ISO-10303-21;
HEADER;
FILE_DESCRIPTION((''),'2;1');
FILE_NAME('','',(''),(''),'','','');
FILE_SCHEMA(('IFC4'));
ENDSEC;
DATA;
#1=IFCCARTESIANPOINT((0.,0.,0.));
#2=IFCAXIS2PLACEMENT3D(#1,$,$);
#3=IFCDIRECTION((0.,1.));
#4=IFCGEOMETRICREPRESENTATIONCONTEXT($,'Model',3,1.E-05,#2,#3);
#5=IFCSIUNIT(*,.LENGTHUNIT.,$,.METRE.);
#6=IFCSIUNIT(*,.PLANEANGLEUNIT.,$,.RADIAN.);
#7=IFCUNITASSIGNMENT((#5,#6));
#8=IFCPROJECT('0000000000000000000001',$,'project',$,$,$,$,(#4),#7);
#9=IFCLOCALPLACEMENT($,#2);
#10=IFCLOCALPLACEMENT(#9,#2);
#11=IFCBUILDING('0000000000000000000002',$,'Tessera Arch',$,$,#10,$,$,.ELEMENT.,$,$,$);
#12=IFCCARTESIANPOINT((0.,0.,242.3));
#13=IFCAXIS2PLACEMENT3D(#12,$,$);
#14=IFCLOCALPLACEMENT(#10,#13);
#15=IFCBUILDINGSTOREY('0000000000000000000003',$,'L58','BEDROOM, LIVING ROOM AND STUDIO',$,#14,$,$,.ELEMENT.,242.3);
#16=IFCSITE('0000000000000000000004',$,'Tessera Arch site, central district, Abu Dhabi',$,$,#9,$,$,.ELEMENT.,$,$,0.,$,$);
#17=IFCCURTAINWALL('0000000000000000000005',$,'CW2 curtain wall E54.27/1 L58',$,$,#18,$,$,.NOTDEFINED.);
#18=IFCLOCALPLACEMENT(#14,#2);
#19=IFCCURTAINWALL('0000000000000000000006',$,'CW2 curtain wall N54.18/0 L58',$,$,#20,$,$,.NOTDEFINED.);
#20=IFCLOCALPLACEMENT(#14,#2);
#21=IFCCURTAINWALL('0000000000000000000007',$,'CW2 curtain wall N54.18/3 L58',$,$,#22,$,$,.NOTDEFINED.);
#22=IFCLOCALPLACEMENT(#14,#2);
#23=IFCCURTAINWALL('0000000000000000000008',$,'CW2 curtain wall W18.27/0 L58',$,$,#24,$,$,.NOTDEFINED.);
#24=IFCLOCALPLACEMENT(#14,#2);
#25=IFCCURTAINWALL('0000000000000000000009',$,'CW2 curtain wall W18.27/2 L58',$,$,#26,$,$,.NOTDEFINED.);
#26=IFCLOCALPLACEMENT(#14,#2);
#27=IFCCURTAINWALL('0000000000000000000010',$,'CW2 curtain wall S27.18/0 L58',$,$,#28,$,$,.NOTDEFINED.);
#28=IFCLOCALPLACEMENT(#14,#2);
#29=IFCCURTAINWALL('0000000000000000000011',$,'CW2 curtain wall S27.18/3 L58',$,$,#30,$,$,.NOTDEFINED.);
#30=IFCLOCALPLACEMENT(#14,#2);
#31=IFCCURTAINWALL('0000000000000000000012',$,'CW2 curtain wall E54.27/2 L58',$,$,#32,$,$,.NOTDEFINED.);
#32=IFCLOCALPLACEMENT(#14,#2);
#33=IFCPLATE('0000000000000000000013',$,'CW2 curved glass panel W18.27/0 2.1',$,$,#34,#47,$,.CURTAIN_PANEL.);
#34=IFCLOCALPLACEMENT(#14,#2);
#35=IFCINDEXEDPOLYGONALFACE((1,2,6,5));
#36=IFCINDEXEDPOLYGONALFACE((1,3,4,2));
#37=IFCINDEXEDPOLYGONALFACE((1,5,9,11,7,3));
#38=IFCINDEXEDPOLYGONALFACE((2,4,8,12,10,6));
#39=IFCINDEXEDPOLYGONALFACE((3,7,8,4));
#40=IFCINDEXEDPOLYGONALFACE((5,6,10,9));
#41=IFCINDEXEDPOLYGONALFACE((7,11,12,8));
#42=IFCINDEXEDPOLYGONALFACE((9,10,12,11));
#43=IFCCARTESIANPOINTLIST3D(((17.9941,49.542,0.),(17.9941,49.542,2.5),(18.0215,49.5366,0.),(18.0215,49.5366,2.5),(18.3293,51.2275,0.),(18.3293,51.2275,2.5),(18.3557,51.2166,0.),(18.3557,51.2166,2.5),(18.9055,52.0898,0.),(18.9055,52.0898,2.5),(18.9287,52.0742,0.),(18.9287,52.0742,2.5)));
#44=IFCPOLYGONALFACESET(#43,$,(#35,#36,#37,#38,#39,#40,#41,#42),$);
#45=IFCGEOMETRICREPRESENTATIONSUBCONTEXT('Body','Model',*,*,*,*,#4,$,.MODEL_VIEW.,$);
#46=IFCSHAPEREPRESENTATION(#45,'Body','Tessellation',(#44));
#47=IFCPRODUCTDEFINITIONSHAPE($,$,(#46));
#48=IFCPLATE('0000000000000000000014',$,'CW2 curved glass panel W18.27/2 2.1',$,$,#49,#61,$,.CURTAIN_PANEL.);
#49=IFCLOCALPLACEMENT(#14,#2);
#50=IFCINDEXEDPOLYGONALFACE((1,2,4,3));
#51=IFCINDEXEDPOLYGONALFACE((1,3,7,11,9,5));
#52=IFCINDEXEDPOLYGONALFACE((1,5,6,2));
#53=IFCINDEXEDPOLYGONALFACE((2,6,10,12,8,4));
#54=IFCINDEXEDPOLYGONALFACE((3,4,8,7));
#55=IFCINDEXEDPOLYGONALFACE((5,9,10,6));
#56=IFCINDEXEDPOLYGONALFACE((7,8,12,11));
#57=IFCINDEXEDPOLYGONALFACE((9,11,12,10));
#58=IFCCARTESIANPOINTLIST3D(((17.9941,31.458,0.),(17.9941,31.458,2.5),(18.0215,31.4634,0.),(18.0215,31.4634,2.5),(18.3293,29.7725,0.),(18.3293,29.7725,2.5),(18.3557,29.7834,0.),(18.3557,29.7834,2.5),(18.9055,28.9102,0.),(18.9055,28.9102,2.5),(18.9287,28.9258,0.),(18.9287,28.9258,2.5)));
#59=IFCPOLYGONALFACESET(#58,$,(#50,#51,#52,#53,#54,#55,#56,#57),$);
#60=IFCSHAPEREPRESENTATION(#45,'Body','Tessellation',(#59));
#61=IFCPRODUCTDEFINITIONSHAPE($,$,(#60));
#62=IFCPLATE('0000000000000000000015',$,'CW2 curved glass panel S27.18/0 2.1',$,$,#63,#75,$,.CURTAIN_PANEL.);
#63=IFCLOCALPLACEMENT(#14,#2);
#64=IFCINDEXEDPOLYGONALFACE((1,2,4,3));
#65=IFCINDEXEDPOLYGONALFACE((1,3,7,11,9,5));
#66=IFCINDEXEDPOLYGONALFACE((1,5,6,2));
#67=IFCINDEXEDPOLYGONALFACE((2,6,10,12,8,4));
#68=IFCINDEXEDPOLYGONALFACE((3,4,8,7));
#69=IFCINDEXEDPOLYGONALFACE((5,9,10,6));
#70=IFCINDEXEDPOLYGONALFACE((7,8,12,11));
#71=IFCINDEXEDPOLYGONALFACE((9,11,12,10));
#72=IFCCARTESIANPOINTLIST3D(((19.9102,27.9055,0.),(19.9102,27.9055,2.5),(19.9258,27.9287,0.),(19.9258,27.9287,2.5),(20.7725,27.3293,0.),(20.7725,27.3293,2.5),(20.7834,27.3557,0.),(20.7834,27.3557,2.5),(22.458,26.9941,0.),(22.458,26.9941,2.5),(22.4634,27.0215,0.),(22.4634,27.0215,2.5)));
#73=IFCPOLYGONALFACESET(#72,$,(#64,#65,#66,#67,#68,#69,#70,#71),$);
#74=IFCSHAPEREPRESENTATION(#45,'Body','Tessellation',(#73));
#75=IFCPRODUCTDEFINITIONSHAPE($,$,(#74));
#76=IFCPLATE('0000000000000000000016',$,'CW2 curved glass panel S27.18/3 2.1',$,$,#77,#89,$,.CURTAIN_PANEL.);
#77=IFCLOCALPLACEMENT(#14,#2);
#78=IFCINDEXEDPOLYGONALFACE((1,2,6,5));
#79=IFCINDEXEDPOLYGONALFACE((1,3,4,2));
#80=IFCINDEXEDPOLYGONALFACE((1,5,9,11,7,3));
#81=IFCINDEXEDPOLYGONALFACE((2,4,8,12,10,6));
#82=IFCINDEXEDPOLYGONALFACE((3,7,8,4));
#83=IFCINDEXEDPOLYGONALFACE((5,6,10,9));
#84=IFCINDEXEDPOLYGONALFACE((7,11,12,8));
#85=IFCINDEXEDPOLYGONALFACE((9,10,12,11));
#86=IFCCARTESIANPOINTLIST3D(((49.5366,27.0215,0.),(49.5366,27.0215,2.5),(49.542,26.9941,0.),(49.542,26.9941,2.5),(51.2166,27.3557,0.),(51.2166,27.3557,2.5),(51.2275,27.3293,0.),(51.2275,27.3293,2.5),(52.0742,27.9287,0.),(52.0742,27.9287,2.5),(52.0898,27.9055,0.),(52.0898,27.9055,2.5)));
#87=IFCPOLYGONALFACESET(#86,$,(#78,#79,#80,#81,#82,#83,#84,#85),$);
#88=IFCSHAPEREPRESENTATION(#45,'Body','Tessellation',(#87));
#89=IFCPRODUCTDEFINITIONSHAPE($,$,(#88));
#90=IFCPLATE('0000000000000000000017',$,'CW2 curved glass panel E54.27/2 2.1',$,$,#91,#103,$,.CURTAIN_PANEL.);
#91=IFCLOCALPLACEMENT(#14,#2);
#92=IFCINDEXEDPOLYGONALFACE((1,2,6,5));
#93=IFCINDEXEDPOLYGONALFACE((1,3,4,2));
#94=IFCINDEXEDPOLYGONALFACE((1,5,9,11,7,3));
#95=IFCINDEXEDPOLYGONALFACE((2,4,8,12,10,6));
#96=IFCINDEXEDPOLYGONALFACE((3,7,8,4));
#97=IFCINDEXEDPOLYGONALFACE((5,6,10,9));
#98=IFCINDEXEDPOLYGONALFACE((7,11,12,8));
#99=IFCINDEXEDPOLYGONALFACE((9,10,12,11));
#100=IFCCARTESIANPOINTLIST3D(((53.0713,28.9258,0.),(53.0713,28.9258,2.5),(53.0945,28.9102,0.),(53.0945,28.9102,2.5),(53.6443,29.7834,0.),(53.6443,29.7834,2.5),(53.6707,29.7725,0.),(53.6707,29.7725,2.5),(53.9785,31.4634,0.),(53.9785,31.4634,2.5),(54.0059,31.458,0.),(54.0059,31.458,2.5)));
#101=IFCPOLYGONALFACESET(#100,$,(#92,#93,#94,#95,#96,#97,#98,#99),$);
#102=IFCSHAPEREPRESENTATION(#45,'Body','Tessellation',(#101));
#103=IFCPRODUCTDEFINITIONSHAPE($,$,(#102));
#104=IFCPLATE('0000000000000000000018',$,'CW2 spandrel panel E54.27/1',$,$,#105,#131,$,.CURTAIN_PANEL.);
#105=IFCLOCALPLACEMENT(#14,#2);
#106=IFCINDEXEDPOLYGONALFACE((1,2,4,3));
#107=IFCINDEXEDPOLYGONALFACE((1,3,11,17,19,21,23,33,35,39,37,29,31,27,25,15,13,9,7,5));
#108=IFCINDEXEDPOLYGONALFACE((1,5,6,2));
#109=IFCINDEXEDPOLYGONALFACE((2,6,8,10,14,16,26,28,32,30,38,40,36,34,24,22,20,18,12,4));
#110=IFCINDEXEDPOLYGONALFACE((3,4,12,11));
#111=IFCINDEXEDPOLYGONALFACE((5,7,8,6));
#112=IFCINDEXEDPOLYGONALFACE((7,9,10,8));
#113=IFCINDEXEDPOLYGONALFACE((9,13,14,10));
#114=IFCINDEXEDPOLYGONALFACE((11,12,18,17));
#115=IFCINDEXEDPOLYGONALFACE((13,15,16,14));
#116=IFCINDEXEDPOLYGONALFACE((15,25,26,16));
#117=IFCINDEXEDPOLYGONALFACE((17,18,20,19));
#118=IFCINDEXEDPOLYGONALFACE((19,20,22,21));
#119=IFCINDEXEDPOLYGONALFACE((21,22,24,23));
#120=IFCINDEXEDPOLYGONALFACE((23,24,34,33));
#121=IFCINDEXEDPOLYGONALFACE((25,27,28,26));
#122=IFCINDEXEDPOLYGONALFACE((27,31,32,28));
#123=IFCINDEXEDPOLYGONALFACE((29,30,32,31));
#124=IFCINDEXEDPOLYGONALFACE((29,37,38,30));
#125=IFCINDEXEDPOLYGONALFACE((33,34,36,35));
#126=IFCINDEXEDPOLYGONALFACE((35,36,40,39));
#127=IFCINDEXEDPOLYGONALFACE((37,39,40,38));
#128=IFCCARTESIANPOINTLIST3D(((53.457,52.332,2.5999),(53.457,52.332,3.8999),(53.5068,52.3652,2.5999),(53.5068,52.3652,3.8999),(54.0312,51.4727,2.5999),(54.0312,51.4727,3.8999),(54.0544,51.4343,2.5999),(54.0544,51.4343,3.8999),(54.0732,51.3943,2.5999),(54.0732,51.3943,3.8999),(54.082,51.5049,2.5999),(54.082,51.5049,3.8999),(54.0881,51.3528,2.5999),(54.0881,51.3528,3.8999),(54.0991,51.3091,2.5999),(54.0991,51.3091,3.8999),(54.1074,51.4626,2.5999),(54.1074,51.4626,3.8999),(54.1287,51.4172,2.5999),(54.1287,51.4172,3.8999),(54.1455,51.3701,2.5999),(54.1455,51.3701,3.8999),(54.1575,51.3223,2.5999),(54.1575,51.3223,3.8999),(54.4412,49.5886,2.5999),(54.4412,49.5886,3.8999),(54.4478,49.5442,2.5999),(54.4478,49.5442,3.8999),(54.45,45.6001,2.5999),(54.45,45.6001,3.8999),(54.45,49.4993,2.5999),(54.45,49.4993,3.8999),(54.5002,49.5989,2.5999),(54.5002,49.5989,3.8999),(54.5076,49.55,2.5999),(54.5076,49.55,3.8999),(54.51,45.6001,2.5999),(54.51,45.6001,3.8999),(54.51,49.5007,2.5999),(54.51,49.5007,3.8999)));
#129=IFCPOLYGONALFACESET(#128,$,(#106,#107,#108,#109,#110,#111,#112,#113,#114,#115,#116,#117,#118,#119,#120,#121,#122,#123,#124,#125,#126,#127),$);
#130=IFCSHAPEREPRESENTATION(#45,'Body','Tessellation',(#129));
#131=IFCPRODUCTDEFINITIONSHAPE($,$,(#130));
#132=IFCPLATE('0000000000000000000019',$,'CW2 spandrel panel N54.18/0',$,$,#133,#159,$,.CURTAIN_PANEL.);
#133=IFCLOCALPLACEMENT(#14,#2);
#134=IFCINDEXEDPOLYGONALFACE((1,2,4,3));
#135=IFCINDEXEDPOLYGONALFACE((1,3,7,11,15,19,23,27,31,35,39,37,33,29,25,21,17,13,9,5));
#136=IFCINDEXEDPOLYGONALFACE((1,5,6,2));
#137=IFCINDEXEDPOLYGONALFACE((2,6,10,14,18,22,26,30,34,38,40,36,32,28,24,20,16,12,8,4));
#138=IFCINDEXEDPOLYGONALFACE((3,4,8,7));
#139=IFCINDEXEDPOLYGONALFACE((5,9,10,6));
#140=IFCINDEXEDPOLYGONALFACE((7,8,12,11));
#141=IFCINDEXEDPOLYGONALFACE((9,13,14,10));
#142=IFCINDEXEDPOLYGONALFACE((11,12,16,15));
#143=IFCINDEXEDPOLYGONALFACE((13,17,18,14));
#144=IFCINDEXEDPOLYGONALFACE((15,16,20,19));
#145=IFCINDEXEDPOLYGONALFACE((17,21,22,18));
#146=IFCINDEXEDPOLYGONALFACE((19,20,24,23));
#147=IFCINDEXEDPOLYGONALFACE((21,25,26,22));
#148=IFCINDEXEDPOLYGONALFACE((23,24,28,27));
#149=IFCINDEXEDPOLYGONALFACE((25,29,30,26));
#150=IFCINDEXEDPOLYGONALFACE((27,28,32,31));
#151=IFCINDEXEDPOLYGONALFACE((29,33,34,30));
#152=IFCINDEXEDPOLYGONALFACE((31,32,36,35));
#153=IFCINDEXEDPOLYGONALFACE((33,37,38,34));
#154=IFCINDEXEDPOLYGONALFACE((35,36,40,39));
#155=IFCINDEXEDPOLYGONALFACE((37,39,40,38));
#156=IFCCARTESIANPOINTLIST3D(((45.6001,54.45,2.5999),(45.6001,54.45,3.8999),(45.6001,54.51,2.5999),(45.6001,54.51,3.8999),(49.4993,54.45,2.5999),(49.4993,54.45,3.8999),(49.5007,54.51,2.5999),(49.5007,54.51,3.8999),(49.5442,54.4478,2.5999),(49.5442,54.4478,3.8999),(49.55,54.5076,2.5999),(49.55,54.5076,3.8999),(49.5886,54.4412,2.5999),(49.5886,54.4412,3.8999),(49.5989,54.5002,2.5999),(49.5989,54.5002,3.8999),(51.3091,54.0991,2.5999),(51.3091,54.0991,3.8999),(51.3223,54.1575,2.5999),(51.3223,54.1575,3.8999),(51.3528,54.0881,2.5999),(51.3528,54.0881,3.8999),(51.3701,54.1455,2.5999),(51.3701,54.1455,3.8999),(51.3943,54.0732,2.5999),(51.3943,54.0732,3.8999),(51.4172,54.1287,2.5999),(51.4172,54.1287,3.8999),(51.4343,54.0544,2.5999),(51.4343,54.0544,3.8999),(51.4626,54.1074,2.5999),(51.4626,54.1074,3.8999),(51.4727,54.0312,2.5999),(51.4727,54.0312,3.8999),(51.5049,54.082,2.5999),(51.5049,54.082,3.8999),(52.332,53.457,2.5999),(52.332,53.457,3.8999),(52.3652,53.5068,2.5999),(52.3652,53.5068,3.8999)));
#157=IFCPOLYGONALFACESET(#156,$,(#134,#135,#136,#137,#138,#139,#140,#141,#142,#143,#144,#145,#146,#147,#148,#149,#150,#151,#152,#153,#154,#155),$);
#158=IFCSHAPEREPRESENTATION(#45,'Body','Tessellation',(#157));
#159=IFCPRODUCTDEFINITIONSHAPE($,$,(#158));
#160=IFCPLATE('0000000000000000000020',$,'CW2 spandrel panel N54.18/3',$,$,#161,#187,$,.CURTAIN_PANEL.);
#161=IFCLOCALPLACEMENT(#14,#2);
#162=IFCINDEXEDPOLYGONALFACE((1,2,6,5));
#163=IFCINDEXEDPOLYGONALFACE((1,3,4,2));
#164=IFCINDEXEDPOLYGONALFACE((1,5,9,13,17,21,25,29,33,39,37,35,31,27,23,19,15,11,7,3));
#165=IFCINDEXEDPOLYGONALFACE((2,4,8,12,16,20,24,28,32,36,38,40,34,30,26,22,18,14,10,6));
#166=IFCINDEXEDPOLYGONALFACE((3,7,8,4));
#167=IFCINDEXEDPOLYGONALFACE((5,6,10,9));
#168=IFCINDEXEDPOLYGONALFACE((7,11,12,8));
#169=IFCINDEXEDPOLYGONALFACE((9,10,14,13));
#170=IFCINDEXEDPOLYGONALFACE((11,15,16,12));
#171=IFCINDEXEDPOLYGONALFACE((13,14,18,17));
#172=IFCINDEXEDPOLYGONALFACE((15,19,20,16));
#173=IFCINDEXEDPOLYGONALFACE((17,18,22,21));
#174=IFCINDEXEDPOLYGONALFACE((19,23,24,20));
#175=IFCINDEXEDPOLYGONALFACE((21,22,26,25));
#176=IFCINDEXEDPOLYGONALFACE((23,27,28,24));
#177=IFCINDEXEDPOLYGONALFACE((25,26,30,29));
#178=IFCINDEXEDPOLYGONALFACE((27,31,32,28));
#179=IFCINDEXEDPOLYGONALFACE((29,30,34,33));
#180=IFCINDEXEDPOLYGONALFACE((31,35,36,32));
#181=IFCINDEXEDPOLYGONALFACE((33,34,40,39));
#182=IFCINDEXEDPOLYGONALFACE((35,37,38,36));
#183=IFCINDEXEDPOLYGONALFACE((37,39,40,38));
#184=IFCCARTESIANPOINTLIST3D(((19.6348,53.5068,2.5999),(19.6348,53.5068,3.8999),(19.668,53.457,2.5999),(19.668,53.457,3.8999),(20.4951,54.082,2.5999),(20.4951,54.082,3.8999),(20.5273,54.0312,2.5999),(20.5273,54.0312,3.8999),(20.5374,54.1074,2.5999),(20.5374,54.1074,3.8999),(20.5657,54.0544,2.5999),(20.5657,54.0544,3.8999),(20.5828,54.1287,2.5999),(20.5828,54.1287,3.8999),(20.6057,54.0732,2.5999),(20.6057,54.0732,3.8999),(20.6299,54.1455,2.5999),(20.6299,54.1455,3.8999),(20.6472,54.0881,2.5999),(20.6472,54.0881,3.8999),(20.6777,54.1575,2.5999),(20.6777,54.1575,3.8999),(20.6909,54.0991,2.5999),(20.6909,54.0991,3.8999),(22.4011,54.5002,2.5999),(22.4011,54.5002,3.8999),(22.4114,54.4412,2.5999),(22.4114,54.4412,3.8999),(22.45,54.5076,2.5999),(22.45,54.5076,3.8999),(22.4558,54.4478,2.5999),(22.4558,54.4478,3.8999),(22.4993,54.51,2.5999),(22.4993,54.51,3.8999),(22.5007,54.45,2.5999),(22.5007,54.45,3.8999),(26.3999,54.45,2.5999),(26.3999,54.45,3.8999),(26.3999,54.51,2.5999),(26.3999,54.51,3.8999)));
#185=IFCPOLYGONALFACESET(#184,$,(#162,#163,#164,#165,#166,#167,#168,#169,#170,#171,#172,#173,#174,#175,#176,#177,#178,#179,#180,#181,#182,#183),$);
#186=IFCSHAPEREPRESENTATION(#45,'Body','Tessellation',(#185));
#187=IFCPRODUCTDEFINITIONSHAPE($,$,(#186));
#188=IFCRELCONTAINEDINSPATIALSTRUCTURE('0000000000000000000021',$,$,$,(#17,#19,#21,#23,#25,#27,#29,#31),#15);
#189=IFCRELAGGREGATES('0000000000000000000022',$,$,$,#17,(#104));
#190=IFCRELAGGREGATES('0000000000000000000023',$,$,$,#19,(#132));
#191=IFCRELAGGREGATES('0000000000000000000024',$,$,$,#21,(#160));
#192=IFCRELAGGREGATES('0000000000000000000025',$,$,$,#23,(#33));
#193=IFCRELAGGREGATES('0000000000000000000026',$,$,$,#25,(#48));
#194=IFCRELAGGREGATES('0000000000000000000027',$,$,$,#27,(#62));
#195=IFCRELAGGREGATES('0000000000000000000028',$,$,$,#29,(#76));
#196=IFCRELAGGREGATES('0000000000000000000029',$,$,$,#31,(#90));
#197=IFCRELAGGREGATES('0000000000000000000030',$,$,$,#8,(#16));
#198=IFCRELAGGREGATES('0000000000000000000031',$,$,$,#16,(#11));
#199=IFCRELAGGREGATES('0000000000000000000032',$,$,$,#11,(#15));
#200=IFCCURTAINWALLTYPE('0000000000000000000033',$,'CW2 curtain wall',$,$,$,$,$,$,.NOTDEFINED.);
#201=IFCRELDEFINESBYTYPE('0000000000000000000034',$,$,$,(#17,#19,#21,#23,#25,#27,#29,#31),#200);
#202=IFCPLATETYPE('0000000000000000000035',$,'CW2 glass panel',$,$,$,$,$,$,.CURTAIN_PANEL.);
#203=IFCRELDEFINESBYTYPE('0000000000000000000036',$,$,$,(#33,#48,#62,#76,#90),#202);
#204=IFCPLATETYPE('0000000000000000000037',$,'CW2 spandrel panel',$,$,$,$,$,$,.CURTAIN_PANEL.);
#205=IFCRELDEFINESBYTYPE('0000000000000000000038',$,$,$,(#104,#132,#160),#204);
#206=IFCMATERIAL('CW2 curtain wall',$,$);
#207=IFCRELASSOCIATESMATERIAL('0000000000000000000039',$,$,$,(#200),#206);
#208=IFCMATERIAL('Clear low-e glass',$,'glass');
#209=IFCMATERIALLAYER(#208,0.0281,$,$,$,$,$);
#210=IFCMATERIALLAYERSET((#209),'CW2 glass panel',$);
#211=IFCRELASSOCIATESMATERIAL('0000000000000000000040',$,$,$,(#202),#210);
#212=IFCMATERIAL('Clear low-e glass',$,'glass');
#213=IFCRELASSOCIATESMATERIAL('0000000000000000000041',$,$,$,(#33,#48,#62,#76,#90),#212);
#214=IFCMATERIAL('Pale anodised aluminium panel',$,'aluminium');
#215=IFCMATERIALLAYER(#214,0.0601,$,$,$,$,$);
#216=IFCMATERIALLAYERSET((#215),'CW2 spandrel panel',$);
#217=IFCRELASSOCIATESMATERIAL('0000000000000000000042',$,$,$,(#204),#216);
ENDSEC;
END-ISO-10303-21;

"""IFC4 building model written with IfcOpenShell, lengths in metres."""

from ifc_helpers import new_model, si_unit, direction, frame, origin, place, context, subcontext, project, spatial, polyline, outline, extrude, material, layer, layer_set, type_object, element, aggregate, save


model = new_model("IFC4")

# Units and contexts
model_context = context("Model", 3, precision=1e-05, world=origin(), true_north=direction((0.0, 1.0)))
body_context = subcontext(model_context, "Body", "Model", "MODEL_VIEW")
ifc_project = project(units=[si_unit("LENGTHUNIT", "METRE"), si_unit("PLANEANGLEUNIT", "RADIAN")], contexts=[model_context])

# Site, building, storey
site_placement = place(None, origin())
site = spatial("IfcSite", under=ifc_project, at=site_placement, Name="Tessera Arch site, central district, Abu Dhabi", CompositionType="ELEMENT", RefElevation=0.0)
building_placement = place(site_placement, origin())
building = spatial("IfcBuilding", under=site, at=building_placement, Name="Tessera Arch", CompositionType="ELEMENT")
storey_placement = place(building_placement, frame((0.0, 0.0, 242.3)))
storey = spatial("IfcBuildingStorey", under=building, at=storey_placement, Name="L58", Description="BEDROOM, LIVING ROOM AND STUDIO", CompositionType="ELEMENT", Elevation=242.3)

# Curtain walls
ifc_material_1 = material(Name="CW2 curtain wall")
curtain_wall_type = type_object("IfcCurtainWallType", Name="CW2 curtain wall", PredefinedType="NOTDEFINED", material=ifc_material_1)
curtain_wall_1_placement = place(storey_placement, origin())
curtain_wall_1 = element("IfcCurtainWall", 1, at=curtain_wall_1_placement, inside=storey, type_object=curtain_wall_type, Name="CW2 curtain wall E54.27/1 L58", PredefinedType="NOTDEFINED")
curtain_wall_2_placement = place(storey_placement, origin())
curtain_wall_2 = element("IfcCurtainWall", 2, at=curtain_wall_2_placement, inside=storey, type_object=curtain_wall_type, Name="CW2 curtain wall N54.18/0 L58", PredefinedType="NOTDEFINED")
curtain_wall_3_placement = place(storey_placement, origin())
curtain_wall_3 = element("IfcCurtainWall", 3, at=curtain_wall_3_placement, inside=storey, type_object=curtain_wall_type, Name="CW2 curtain wall N54.18/3 L58", PredefinedType="NOTDEFINED")
curtain_wall_4_placement = place(storey_placement, origin())
curtain_wall_4 = element("IfcCurtainWall", 4, at=curtain_wall_4_placement, inside=storey, type_object=curtain_wall_type, Name="CW2 curtain wall W18.27/0 L58", PredefinedType="NOTDEFINED")
curtain_wall_5_placement = place(storey_placement, origin())
curtain_wall_5 = element("IfcCurtainWall", 5, at=curtain_wall_5_placement, inside=storey, type_object=curtain_wall_type, Name="CW2 curtain wall W18.27/2 L58", PredefinedType="NOTDEFINED")
curtain_wall_6_placement = place(storey_placement, origin())
curtain_wall_6 = element("IfcCurtainWall", 6, at=curtain_wall_6_placement, inside=storey, type_object=curtain_wall_type, Name="CW2 curtain wall S27.18/0 L58", PredefinedType="NOTDEFINED")
curtain_wall_7_placement = place(storey_placement, origin())
curtain_wall_7 = element("IfcCurtainWall", 7, at=curtain_wall_7_placement, inside=storey, type_object=curtain_wall_type, Name="CW2 curtain wall S27.18/3 L58", PredefinedType="NOTDEFINED")
curtain_wall_8_placement = place(storey_placement, origin())
curtain_wall_8 = element("IfcCurtainWall", 8, at=curtain_wall_8_placement, inside=storey, type_object=curtain_wall_type, Name="CW2 curtain wall E54.27/2 L58", PredefinedType="NOTDEFINED")

# Plates
ifc_material_2 = material(Name="Clear low-e glass", Category="glass")
ifc_material_3 = material(Name="Clear low-e glass", Category="glass")
ifc_layer_1 = layer(ifc_material_3, 0.0281)
ifc_layer_set_1 = layer_set([ifc_layer_1], Name="CW2 glass panel")
plate_type_1 = type_object("IfcPlateType", Name="CW2 glass panel", PredefinedType="CURTAIN_PANEL", material=ifc_layer_set_1)
plate_1_placement = place(storey_placement, origin())
plate_1 = element("IfcPlate", 9, at=plate_1_placement, type_object=plate_type_1, material=ifc_material_2, Name="CW2 curved glass panel W18.27/0 2.1", PredefinedType="CURTAIN_PANEL", context=body_context, shape_type="SweptSolid", body=[
    extrude(outline(polyline([(18.3557, 51.2166), (18.9287, 52.0742), (18.9055, 52.0898), (18.3293, 51.2275), (17.9941, 49.542), (18.0215, 49.5366), (18.3557, 51.2166)])), origin(), (0.0, 0.0, 1.0), 2.5),
])
plate_2_placement = place(storey_placement, origin())
plate_2 = element("IfcPlate", 10, at=plate_2_placement, type_object=plate_type_1, material=ifc_material_2, Name="CW2 curved glass panel W18.27/2 2.1", PredefinedType="CURTAIN_PANEL", context=body_context, shape_type="SweptSolid", body=[
    extrude(outline(polyline([(18.3557, 29.7834), (18.0215, 31.4634), (17.9941, 31.458), (18.3293, 29.7725), (18.9055, 28.9102), (18.9287, 28.9258), (18.3557, 29.7834)])), origin(), (0.0, 0.0, 1.0), 2.5),
])
plate_3_placement = place(storey_placement, origin())
plate_3 = element("IfcPlate", 11, at=plate_3_placement, type_object=plate_type_1, material=ifc_material_2, Name="CW2 curved glass panel S27.18/0 2.1", PredefinedType="CURTAIN_PANEL", context=body_context, shape_type="SweptSolid", body=[
    extrude(outline(polyline([(20.7834, 27.3557), (19.9258, 27.9287), (19.9102, 27.9055), (20.7725, 27.3293), (22.458, 26.9941), (22.4634, 27.0215), (20.7834, 27.3557)])), origin(), (0.0, 0.0, 1.0), 2.5),
])
plate_4_placement = place(storey_placement, origin())
plate_4 = element("IfcPlate", 12, at=plate_4_placement, type_object=plate_type_1, material=ifc_material_2, Name="CW2 curved glass panel S27.18/3 2.1", PredefinedType="CURTAIN_PANEL", context=body_context, shape_type="SweptSolid", body=[
    extrude(outline(polyline([(51.2166, 27.3557), (49.5366, 27.0215), (49.542, 26.9941), (51.2275, 27.3293), (52.0898, 27.9055), (52.0742, 27.9287), (51.2166, 27.3557)])), origin(), (0.0, 0.0, 1.0), 2.5),
])
plate_5_placement = place(storey_placement, origin())
plate_5 = element("IfcPlate", 13, at=plate_5_placement, type_object=plate_type_1, material=ifc_material_2, Name="CW2 curved glass panel E54.27/2 2.1", PredefinedType="CURTAIN_PANEL", context=body_context, shape_type="SweptSolid", body=[
    extrude(outline(polyline([(53.6443, 29.7834), (53.0713, 28.9258), (53.0945, 28.9102), (53.6707, 29.7725), (54.0059, 31.458), (53.9785, 31.4634), (53.6443, 29.7834)])), origin(), (0.0, 0.0, 1.0), 2.5),
])
ifc_material_4 = material(Name="Pale anodised aluminium panel", Category="aluminium")
ifc_layer_2 = layer(ifc_material_4, 0.0601)
ifc_layer_set_2 = layer_set([ifc_layer_2], Name="CW2 spandrel panel")
plate_type_2 = type_object("IfcPlateType", Name="CW2 spandrel panel", PredefinedType="CURTAIN_PANEL", material=ifc_layer_set_2)
plate_6_placement = place(storey_placement, frame((0.0, 0.0, 2.5999)))
plate_6 = element("IfcPlate", 14, at=plate_6_placement, type_object=plate_type_2, Name="CW2 spandrel panel E54.27/1", PredefinedType="CURTAIN_PANEL", context=body_context, shape_type="SweptSolid", body=[
    extrude(outline(polyline([(54.45, 49.4993), (54.45, 45.6001), (54.51, 45.6001), (54.51, 49.5007), (54.5076, 49.55), (54.5002, 49.5989), (54.1575, 51.3223), (54.1455, 51.3701), (54.1287, 51.4172), (54.1074, 51.4626), (54.082, 51.5049), (53.5068, 52.3652), (53.457, 52.332), (54.0312, 51.4727), (54.0544, 51.4343), (54.0732, 51.3943), (54.0881, 51.3528), (54.0991, 51.3091), (54.4412, 49.5886), (54.4478, 49.5442), (54.45, 49.4993)])), origin(), (0.0, 0.0, 1.0), 1.3),
])
aggregate(curtain_wall_1, [plate_6])
plate_7_placement = place(storey_placement, frame((0.0, 0.0, 2.5999)))
plate_7 = element("IfcPlate", 15, at=plate_7_placement, type_object=plate_type_2, Name="CW2 spandrel panel N54.18/0", PredefinedType="CURTAIN_PANEL", context=body_context, shape_type="SweptSolid", body=[
    extrude(outline(polyline([(51.4727, 54.0312), (52.332, 53.457), (52.3652, 53.5068), (51.5049, 54.082), (51.4626, 54.1074), (51.4172, 54.1287), (51.3701, 54.1455), (51.3223, 54.1575), (49.5989, 54.5002), (49.55, 54.5076), (49.5007, 54.51), (45.6001, 54.51), (45.6001, 54.45), (49.4993, 54.45), (49.5442, 54.4478), (49.5886, 54.4412), (51.3091, 54.0991), (51.3528, 54.0881), (51.3943, 54.0732), (51.4343, 54.0544), (51.4727, 54.0312)])), origin(), (0.0, 0.0, 1.0), 1.3),
])
aggregate(curtain_wall_2, [plate_7])
plate_8_placement = place(storey_placement, frame((0.0, 0.0, 2.5999)))
plate_8 = element("IfcPlate", 16, at=plate_8_placement, type_object=plate_type_2, Name="CW2 spandrel panel N54.18/3", PredefinedType="CURTAIN_PANEL", context=body_context, shape_type="SweptSolid", body=[
    extrude(outline(polyline([(22.5007, 54.45), (26.3999, 54.45), (26.3999, 54.51), (22.4993, 54.51), (22.45, 54.5076), (22.4011, 54.5002), (20.6777, 54.1575), (20.6299, 54.1455), (20.5828, 54.1287), (20.5374, 54.1074), (20.4951, 54.082), (19.6348, 53.5068), (19.668, 53.457), (20.5273, 54.0312), (20.5657, 54.0544), (20.6057, 54.0732), (20.6472, 54.0881), (20.6909, 54.0991), (22.4114, 54.4412), (22.4558, 54.4478), (22.5007, 54.45)])), origin(), (0.0, 0.0, 1.0), 1.3),
])
aggregate(curtain_wall_3, [plate_8])
aggregate(curtain_wall_4, [plate_1])
aggregate(curtain_wall_5, [plate_2])
aggregate(curtain_wall_6, [plate_3])
aggregate(curtain_wall_7, [plate_4])
aggregate(curtain_wall_8, [plate_5])

save(model, "model.ifc")
